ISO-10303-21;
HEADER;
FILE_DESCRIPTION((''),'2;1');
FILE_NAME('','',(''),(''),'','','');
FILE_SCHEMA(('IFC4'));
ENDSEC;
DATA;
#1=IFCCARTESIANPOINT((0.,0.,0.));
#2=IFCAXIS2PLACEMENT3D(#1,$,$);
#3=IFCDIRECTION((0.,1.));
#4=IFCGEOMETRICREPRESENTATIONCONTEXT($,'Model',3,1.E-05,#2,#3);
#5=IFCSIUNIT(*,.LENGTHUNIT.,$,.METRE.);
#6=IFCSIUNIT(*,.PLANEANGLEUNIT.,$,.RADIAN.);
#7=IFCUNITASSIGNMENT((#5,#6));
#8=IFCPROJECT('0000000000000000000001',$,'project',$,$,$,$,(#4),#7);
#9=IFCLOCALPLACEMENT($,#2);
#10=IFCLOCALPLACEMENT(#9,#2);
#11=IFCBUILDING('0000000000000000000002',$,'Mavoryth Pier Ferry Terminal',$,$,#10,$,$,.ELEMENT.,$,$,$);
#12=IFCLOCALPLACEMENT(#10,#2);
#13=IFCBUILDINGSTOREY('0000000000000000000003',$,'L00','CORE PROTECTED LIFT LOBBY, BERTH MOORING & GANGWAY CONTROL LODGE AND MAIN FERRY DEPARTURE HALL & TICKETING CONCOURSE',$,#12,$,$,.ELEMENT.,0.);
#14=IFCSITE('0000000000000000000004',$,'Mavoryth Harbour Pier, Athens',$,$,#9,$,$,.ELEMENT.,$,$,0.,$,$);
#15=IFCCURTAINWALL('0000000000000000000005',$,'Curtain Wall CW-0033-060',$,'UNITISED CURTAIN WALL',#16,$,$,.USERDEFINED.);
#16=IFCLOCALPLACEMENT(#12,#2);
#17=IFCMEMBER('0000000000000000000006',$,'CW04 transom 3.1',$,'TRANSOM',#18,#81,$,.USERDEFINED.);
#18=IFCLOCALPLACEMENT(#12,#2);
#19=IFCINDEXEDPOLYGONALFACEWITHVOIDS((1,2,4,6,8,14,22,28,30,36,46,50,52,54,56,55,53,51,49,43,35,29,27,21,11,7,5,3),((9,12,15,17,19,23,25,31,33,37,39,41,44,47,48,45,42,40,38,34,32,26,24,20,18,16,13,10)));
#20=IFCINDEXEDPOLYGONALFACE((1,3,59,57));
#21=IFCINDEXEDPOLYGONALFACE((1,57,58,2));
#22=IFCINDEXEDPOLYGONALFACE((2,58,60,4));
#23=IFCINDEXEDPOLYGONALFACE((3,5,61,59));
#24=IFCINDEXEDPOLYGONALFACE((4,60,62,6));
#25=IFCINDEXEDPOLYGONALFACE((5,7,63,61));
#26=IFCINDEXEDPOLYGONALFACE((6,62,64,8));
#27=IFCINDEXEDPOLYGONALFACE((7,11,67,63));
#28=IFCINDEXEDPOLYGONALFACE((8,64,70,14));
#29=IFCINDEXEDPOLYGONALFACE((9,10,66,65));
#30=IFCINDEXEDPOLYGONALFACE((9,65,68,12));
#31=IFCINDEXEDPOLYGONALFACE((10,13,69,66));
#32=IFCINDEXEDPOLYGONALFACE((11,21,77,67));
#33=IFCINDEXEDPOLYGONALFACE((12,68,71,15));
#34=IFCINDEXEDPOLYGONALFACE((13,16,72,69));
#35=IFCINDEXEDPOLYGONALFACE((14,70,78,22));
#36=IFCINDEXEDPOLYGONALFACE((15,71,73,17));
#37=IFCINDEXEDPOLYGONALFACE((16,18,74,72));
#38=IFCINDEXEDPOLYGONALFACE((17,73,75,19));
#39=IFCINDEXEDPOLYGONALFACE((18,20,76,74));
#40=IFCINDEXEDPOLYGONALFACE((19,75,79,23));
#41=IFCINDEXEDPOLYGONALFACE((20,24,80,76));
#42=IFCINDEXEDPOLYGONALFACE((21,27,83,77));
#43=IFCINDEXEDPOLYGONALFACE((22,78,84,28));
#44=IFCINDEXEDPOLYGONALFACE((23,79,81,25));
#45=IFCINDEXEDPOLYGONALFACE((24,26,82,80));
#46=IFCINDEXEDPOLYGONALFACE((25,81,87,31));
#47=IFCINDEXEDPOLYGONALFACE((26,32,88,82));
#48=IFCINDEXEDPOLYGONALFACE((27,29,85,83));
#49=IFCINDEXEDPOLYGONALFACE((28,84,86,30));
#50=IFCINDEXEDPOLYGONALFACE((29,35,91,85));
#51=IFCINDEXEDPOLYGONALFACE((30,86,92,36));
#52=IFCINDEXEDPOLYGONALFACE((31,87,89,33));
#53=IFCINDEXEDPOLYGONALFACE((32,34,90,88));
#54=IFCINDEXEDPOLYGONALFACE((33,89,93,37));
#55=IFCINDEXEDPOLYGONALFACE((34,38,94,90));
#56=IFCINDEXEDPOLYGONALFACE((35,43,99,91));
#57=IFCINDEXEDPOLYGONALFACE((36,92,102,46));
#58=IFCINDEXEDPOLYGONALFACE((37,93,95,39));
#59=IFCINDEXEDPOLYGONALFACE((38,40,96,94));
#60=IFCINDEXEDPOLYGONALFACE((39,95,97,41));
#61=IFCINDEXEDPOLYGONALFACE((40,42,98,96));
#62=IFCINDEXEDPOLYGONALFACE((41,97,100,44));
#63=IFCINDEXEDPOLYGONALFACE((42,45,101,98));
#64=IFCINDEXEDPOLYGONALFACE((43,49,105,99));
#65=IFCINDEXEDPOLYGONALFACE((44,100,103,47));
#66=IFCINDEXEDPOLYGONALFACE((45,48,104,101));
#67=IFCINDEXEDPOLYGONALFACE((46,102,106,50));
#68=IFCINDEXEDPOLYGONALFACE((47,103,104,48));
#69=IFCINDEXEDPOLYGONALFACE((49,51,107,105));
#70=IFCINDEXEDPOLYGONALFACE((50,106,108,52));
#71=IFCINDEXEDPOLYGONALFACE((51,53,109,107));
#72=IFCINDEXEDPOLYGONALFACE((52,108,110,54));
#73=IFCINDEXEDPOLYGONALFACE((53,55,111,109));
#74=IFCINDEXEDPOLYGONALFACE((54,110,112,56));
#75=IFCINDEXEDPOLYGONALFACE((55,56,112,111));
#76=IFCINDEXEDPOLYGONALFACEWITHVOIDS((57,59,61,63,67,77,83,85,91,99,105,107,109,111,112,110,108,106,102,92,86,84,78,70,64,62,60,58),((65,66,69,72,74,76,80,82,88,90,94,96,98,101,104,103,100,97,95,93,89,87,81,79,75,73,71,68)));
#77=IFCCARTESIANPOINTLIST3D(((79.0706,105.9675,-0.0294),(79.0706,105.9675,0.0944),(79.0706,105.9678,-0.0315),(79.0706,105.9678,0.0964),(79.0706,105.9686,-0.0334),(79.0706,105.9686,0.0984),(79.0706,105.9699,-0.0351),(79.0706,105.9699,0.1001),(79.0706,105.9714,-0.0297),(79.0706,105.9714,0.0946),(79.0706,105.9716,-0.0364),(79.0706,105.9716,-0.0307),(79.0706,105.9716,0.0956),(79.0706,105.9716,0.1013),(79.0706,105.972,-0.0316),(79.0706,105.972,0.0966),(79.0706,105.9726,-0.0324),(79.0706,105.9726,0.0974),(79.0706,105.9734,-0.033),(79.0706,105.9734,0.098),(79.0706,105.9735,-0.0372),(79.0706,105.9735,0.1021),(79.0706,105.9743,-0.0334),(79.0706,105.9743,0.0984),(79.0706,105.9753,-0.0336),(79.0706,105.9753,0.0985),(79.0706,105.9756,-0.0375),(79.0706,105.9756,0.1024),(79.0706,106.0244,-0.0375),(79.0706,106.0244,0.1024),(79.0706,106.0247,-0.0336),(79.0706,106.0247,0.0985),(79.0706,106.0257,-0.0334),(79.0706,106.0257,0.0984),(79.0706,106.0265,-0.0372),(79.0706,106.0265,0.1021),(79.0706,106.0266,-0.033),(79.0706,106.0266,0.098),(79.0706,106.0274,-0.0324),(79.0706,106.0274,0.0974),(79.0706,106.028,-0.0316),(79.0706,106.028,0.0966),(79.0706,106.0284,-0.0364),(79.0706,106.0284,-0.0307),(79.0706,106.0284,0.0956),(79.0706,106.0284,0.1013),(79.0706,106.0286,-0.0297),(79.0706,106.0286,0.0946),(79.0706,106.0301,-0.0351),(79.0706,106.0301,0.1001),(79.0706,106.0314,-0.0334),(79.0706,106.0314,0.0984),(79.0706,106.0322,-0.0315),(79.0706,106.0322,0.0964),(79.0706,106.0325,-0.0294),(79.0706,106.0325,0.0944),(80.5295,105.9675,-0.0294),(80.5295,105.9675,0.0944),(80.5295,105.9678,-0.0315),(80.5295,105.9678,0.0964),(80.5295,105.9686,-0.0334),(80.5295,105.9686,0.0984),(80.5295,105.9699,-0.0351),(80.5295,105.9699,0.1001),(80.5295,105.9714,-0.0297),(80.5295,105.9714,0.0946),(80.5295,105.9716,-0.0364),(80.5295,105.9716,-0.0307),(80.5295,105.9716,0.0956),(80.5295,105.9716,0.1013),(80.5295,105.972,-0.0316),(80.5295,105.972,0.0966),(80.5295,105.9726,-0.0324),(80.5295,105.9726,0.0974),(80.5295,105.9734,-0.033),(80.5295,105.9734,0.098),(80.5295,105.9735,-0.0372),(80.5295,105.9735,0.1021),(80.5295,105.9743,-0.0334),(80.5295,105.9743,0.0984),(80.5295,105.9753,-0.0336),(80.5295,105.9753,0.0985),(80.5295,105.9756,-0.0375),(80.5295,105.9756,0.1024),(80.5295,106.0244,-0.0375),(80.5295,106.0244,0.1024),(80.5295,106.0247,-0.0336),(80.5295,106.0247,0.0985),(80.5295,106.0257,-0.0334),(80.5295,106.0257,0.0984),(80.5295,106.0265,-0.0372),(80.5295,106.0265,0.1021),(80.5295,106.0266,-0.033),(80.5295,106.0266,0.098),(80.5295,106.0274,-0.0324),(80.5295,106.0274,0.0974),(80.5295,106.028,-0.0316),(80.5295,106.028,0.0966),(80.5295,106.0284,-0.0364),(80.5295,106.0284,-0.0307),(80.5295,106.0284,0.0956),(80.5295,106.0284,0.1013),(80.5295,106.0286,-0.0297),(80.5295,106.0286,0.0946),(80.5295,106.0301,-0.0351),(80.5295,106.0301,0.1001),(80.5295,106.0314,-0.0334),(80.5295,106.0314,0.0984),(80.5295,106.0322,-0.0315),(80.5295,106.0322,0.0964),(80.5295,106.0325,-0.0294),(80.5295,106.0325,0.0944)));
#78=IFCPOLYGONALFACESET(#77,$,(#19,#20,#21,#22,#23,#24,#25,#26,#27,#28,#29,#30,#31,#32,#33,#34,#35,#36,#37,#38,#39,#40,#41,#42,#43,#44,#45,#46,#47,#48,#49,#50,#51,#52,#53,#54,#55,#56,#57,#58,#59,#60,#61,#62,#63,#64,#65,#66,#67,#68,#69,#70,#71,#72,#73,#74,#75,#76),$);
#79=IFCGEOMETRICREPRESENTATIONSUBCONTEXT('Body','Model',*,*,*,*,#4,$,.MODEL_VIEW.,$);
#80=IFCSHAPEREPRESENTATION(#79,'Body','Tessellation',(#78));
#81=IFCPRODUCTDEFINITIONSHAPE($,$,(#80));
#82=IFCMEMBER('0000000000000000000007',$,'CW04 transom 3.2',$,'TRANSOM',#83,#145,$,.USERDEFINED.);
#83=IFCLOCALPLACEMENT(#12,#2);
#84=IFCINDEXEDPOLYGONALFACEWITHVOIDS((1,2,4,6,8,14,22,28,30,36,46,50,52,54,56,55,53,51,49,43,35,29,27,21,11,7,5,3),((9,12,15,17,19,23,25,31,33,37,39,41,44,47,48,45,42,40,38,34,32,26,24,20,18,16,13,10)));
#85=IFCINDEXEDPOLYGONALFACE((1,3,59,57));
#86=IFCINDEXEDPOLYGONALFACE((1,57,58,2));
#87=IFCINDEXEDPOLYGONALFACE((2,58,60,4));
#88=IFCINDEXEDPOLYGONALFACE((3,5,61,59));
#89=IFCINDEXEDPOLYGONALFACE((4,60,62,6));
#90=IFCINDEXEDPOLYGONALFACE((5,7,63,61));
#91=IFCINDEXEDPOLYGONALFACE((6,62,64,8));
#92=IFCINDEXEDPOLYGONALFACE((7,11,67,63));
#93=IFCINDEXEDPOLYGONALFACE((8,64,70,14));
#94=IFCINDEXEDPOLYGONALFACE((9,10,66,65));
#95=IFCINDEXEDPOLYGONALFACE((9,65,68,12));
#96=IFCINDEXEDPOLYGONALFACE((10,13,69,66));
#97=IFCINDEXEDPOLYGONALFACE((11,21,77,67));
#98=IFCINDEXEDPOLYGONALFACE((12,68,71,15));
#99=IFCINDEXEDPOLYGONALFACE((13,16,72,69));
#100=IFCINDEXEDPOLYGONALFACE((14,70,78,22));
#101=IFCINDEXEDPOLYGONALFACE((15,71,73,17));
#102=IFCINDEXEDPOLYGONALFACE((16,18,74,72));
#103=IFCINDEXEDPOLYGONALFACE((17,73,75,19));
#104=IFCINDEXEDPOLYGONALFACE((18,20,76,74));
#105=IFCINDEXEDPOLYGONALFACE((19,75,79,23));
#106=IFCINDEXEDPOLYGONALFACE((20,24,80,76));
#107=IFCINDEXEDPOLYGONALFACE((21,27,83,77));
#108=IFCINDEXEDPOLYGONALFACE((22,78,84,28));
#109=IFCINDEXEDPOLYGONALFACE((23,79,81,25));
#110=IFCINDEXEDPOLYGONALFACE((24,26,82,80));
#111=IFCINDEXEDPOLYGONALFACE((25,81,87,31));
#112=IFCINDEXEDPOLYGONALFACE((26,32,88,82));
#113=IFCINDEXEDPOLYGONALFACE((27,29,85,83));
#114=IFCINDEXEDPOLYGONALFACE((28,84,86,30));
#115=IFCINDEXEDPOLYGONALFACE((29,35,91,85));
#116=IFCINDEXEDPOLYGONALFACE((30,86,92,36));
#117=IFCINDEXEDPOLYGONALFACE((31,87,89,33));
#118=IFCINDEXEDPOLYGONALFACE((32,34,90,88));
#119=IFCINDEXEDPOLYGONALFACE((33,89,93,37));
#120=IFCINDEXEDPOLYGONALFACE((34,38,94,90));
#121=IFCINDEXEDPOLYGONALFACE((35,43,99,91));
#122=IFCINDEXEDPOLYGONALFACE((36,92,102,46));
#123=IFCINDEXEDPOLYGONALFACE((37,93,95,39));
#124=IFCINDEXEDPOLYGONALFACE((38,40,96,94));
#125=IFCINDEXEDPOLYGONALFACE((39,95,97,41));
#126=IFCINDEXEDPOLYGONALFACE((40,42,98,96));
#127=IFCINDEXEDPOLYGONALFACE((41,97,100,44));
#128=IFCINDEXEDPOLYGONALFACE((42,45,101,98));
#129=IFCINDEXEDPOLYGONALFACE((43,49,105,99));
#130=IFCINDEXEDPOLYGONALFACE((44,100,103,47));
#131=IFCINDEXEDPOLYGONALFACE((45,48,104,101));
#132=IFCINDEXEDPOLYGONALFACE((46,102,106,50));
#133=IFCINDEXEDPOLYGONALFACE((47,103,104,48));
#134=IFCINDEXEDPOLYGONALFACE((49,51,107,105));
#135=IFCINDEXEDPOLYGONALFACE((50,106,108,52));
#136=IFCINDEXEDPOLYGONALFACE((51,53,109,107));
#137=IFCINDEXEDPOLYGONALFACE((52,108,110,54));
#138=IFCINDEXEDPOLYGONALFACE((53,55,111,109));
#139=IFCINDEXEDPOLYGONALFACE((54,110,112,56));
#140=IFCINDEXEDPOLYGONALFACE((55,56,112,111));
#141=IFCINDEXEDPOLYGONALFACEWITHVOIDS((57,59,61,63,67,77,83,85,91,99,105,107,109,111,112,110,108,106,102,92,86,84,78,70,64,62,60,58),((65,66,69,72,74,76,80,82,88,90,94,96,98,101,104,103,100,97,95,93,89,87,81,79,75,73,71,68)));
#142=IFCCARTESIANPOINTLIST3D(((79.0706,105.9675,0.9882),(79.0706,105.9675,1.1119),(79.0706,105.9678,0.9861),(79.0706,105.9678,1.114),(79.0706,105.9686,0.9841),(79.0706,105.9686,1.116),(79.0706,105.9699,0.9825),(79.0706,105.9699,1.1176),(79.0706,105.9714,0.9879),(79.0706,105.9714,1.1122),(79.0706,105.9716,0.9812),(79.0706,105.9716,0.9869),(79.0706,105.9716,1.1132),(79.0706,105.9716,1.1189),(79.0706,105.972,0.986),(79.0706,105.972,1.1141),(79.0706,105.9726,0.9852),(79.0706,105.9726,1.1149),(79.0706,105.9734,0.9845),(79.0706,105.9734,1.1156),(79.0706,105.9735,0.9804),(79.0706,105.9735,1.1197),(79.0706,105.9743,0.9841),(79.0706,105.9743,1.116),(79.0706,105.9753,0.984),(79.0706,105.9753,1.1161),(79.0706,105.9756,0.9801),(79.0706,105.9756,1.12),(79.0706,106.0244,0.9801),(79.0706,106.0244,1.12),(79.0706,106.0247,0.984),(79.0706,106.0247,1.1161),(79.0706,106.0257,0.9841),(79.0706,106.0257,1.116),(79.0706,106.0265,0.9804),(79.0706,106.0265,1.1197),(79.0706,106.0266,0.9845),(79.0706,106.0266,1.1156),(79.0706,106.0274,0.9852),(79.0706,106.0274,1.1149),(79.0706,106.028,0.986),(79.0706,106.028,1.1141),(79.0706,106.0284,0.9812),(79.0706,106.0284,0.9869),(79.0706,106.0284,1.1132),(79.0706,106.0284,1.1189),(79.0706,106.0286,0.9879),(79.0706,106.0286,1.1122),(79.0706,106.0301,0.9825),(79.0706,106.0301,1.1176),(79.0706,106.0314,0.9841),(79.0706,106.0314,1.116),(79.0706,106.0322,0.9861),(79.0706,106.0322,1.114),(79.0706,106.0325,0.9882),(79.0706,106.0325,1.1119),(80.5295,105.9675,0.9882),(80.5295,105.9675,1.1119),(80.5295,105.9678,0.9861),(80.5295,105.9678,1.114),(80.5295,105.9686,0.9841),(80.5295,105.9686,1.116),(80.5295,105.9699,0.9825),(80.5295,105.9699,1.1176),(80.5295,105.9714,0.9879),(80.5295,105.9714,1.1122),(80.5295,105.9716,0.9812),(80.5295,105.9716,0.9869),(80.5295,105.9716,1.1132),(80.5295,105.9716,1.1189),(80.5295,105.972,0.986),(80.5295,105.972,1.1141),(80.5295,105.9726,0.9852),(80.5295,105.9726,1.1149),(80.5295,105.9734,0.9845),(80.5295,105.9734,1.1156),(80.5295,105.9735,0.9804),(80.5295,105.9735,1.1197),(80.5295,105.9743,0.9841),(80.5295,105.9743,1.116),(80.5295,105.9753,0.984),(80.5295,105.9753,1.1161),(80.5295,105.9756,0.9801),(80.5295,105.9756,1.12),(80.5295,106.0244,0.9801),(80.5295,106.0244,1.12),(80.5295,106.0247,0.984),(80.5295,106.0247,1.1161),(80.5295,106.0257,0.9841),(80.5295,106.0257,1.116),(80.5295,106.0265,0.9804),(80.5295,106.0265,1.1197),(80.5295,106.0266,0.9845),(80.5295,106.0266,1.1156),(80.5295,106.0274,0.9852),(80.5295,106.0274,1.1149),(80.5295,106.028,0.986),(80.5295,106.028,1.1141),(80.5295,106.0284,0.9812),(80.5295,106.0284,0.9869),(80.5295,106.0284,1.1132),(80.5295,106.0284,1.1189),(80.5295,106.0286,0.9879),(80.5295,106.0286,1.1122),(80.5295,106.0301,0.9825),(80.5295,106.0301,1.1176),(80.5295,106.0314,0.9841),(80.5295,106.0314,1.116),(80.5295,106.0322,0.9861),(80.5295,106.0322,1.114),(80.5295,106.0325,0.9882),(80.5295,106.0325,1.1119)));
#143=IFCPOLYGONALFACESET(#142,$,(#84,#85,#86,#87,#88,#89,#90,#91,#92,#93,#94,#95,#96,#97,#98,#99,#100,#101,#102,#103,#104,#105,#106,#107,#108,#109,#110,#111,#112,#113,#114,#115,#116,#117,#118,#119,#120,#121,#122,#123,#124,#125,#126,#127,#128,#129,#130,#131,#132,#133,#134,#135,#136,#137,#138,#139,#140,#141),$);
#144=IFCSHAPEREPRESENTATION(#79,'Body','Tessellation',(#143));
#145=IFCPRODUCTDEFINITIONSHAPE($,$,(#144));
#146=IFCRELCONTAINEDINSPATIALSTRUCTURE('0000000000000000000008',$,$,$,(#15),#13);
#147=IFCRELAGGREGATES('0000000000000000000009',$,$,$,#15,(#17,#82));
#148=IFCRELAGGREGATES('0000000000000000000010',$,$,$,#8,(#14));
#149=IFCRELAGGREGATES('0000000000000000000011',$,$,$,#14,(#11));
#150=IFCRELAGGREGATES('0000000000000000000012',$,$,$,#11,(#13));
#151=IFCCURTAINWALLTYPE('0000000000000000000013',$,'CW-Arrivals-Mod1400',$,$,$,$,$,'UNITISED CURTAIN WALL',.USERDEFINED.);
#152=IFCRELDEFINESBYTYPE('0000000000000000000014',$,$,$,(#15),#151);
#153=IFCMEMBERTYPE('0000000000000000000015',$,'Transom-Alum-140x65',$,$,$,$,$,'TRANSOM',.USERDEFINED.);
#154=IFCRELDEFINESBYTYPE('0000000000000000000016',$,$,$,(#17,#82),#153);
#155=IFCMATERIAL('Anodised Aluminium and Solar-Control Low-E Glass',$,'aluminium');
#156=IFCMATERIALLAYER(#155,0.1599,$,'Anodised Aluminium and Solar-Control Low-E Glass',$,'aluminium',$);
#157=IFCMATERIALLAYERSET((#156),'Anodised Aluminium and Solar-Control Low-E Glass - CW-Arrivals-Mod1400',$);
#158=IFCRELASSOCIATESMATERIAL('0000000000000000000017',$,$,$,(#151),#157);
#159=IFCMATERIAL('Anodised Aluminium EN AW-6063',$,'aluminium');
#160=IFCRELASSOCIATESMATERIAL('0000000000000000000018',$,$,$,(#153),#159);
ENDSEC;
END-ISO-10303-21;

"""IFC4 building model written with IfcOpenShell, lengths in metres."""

from ifc_helpers import new_model, si_unit, direction, frame, origin, origin_2d, place, context, subcontext, project, spatial, hollow_rectangle, extrude, material, layer, layer_set, material_profile, profile_set, type_object, element, aggregate, save


model = new_model("IFC4")

# Units and contexts
model_context = context("Model", 3, precision=1e-05, world=origin(), true_north=direction((0.0, 1.0)))
body_context = subcontext(model_context, "Body", "Model", "MODEL_VIEW")
ifc_project = project(units=[si_unit("LENGTHUNIT", "METRE"), si_unit("PLANEANGLEUNIT", "RADIAN")], contexts=[model_context])

# Site, building, storey
site_placement = place(None, origin())
site = spatial("IfcSite", under=ifc_project, at=site_placement, Name="Mavoryth Harbour Pier, Athens", CompositionType="ELEMENT", RefElevation=0.0)
building_placement = place(site_placement, origin())
building = spatial("IfcBuilding", under=site, at=building_placement, Name="Mavoryth Pier Ferry Terminal", CompositionType="ELEMENT")
storey_placement = place(building_placement, origin())
storey = spatial("IfcBuildingStorey", under=building, at=storey_placement, Name="L00", Description="CORE PROTECTED LIFT LOBBY, BERTH MOORING & GANGWAY CONTROL LODGE AND MAIN FERRY DEPARTURE HALL & TICKETING CONCOURSE", CompositionType="ELEMENT", Elevation=0.0)

# Curtain wall, members
ifc_material_1 = material(Name="Anodised Aluminium and Solar-Control Low-E Glass", Category="aluminium")
ifc_layer_1 = layer(ifc_material_1, 0.1599, Name="Anodised Aluminium and Solar-Control Low-E Glass", Category="aluminium")
ifc_layer_set_1 = layer_set([ifc_layer_1], Name="Anodised Aluminium and Solar-Control Low-E Glass - CW-Arrivals-Mod1400")
curtain_wall_type = type_object("IfcCurtainWallType", Name="CW-Arrivals-Mod1400", ElementType="UNITISED CURTAIN WALL", PredefinedType="USERDEFINED", material=ifc_layer_set_1)
curtain_wall_placement = place(storey_placement, origin())
curtain_wall = element("IfcCurtainWall", 1, at=curtain_wall_placement, inside=storey, type_object=curtain_wall_type, Name="Curtain Wall CW-0033-060", ObjectType="UNITISED CURTAIN WALL", PredefinedType="USERDEFINED")
ifc_material_2 = material(Name="Anodised Aluminium EN AW-6063", Category="aluminium")
ifc_material_profile_1 = material_profile(ifc_material_2, hollow_rectangle(XDim=0.0649, YDim=0.1399, WallThickness=0.0039, InnerFilletRadius=0.0039, OuterFilletRadius=0.0081, at=origin_2d()), Name="AL-TRAN 140x65x4", Category="aluminium")
ifc_profile_set_1 = profile_set([ifc_material_profile_1], Name="Anodised Aluminium EN AW-6063 - AL-TRAN 140x65x4")
member_type_1 = type_object("IfcMemberType", Name="Transom-Alum-140x65", ElementType="TRANSOM", PredefinedType="USERDEFINED", material=ifc_profile_set_1)
member_1_placement = place(storey_placement, frame((80.5295, 106.0, 0.0325), z_axis=(-1.0, 0.0, 0.0), x_axis=(0.0, -1.0, 0.0)))
member_1 = element("IfcMember", 2, at=member_1_placement, type_object=member_type_1, Name="CW04 transom 3.1", ObjectType="TRANSOM", PredefinedType="USERDEFINED", context=body_context, shape_type="SweptSolid", body=[
    extrude(hollow_rectangle(XDim=0.0649, YDim=0.1399, WallThickness=0.0039, InnerFilletRadius=0.0039, OuterFilletRadius=0.0081, at=origin_2d()), origin(), (0.0, 0.0, 1.0), 1.459),
])
member_2_placement = place(storey_placement, frame((80.5295, 106.0, 1.05), z_axis=(-1.0, 0.0, 0.0), x_axis=(0.0, -1.0, 0.0)))
member_2 = element("IfcMember", 3, at=member_2_placement, type_object=member_type_1, Name="CW04 transom 3.2", ObjectType="TRANSOM", PredefinedType="USERDEFINED", context=body_context, shape_type="SweptSolid", body=[
    extrude(hollow_rectangle(XDim=0.0649, YDim=0.1399, WallThickness=0.0039, InnerFilletRadius=0.0039, OuterFilletRadius=0.0081, at=origin_2d()), origin(), (0.0, 0.0, 1.0), 1.459),
])
aggregate(curtain_wall, [member_1, member_2])

save(model, "model.ifc")
